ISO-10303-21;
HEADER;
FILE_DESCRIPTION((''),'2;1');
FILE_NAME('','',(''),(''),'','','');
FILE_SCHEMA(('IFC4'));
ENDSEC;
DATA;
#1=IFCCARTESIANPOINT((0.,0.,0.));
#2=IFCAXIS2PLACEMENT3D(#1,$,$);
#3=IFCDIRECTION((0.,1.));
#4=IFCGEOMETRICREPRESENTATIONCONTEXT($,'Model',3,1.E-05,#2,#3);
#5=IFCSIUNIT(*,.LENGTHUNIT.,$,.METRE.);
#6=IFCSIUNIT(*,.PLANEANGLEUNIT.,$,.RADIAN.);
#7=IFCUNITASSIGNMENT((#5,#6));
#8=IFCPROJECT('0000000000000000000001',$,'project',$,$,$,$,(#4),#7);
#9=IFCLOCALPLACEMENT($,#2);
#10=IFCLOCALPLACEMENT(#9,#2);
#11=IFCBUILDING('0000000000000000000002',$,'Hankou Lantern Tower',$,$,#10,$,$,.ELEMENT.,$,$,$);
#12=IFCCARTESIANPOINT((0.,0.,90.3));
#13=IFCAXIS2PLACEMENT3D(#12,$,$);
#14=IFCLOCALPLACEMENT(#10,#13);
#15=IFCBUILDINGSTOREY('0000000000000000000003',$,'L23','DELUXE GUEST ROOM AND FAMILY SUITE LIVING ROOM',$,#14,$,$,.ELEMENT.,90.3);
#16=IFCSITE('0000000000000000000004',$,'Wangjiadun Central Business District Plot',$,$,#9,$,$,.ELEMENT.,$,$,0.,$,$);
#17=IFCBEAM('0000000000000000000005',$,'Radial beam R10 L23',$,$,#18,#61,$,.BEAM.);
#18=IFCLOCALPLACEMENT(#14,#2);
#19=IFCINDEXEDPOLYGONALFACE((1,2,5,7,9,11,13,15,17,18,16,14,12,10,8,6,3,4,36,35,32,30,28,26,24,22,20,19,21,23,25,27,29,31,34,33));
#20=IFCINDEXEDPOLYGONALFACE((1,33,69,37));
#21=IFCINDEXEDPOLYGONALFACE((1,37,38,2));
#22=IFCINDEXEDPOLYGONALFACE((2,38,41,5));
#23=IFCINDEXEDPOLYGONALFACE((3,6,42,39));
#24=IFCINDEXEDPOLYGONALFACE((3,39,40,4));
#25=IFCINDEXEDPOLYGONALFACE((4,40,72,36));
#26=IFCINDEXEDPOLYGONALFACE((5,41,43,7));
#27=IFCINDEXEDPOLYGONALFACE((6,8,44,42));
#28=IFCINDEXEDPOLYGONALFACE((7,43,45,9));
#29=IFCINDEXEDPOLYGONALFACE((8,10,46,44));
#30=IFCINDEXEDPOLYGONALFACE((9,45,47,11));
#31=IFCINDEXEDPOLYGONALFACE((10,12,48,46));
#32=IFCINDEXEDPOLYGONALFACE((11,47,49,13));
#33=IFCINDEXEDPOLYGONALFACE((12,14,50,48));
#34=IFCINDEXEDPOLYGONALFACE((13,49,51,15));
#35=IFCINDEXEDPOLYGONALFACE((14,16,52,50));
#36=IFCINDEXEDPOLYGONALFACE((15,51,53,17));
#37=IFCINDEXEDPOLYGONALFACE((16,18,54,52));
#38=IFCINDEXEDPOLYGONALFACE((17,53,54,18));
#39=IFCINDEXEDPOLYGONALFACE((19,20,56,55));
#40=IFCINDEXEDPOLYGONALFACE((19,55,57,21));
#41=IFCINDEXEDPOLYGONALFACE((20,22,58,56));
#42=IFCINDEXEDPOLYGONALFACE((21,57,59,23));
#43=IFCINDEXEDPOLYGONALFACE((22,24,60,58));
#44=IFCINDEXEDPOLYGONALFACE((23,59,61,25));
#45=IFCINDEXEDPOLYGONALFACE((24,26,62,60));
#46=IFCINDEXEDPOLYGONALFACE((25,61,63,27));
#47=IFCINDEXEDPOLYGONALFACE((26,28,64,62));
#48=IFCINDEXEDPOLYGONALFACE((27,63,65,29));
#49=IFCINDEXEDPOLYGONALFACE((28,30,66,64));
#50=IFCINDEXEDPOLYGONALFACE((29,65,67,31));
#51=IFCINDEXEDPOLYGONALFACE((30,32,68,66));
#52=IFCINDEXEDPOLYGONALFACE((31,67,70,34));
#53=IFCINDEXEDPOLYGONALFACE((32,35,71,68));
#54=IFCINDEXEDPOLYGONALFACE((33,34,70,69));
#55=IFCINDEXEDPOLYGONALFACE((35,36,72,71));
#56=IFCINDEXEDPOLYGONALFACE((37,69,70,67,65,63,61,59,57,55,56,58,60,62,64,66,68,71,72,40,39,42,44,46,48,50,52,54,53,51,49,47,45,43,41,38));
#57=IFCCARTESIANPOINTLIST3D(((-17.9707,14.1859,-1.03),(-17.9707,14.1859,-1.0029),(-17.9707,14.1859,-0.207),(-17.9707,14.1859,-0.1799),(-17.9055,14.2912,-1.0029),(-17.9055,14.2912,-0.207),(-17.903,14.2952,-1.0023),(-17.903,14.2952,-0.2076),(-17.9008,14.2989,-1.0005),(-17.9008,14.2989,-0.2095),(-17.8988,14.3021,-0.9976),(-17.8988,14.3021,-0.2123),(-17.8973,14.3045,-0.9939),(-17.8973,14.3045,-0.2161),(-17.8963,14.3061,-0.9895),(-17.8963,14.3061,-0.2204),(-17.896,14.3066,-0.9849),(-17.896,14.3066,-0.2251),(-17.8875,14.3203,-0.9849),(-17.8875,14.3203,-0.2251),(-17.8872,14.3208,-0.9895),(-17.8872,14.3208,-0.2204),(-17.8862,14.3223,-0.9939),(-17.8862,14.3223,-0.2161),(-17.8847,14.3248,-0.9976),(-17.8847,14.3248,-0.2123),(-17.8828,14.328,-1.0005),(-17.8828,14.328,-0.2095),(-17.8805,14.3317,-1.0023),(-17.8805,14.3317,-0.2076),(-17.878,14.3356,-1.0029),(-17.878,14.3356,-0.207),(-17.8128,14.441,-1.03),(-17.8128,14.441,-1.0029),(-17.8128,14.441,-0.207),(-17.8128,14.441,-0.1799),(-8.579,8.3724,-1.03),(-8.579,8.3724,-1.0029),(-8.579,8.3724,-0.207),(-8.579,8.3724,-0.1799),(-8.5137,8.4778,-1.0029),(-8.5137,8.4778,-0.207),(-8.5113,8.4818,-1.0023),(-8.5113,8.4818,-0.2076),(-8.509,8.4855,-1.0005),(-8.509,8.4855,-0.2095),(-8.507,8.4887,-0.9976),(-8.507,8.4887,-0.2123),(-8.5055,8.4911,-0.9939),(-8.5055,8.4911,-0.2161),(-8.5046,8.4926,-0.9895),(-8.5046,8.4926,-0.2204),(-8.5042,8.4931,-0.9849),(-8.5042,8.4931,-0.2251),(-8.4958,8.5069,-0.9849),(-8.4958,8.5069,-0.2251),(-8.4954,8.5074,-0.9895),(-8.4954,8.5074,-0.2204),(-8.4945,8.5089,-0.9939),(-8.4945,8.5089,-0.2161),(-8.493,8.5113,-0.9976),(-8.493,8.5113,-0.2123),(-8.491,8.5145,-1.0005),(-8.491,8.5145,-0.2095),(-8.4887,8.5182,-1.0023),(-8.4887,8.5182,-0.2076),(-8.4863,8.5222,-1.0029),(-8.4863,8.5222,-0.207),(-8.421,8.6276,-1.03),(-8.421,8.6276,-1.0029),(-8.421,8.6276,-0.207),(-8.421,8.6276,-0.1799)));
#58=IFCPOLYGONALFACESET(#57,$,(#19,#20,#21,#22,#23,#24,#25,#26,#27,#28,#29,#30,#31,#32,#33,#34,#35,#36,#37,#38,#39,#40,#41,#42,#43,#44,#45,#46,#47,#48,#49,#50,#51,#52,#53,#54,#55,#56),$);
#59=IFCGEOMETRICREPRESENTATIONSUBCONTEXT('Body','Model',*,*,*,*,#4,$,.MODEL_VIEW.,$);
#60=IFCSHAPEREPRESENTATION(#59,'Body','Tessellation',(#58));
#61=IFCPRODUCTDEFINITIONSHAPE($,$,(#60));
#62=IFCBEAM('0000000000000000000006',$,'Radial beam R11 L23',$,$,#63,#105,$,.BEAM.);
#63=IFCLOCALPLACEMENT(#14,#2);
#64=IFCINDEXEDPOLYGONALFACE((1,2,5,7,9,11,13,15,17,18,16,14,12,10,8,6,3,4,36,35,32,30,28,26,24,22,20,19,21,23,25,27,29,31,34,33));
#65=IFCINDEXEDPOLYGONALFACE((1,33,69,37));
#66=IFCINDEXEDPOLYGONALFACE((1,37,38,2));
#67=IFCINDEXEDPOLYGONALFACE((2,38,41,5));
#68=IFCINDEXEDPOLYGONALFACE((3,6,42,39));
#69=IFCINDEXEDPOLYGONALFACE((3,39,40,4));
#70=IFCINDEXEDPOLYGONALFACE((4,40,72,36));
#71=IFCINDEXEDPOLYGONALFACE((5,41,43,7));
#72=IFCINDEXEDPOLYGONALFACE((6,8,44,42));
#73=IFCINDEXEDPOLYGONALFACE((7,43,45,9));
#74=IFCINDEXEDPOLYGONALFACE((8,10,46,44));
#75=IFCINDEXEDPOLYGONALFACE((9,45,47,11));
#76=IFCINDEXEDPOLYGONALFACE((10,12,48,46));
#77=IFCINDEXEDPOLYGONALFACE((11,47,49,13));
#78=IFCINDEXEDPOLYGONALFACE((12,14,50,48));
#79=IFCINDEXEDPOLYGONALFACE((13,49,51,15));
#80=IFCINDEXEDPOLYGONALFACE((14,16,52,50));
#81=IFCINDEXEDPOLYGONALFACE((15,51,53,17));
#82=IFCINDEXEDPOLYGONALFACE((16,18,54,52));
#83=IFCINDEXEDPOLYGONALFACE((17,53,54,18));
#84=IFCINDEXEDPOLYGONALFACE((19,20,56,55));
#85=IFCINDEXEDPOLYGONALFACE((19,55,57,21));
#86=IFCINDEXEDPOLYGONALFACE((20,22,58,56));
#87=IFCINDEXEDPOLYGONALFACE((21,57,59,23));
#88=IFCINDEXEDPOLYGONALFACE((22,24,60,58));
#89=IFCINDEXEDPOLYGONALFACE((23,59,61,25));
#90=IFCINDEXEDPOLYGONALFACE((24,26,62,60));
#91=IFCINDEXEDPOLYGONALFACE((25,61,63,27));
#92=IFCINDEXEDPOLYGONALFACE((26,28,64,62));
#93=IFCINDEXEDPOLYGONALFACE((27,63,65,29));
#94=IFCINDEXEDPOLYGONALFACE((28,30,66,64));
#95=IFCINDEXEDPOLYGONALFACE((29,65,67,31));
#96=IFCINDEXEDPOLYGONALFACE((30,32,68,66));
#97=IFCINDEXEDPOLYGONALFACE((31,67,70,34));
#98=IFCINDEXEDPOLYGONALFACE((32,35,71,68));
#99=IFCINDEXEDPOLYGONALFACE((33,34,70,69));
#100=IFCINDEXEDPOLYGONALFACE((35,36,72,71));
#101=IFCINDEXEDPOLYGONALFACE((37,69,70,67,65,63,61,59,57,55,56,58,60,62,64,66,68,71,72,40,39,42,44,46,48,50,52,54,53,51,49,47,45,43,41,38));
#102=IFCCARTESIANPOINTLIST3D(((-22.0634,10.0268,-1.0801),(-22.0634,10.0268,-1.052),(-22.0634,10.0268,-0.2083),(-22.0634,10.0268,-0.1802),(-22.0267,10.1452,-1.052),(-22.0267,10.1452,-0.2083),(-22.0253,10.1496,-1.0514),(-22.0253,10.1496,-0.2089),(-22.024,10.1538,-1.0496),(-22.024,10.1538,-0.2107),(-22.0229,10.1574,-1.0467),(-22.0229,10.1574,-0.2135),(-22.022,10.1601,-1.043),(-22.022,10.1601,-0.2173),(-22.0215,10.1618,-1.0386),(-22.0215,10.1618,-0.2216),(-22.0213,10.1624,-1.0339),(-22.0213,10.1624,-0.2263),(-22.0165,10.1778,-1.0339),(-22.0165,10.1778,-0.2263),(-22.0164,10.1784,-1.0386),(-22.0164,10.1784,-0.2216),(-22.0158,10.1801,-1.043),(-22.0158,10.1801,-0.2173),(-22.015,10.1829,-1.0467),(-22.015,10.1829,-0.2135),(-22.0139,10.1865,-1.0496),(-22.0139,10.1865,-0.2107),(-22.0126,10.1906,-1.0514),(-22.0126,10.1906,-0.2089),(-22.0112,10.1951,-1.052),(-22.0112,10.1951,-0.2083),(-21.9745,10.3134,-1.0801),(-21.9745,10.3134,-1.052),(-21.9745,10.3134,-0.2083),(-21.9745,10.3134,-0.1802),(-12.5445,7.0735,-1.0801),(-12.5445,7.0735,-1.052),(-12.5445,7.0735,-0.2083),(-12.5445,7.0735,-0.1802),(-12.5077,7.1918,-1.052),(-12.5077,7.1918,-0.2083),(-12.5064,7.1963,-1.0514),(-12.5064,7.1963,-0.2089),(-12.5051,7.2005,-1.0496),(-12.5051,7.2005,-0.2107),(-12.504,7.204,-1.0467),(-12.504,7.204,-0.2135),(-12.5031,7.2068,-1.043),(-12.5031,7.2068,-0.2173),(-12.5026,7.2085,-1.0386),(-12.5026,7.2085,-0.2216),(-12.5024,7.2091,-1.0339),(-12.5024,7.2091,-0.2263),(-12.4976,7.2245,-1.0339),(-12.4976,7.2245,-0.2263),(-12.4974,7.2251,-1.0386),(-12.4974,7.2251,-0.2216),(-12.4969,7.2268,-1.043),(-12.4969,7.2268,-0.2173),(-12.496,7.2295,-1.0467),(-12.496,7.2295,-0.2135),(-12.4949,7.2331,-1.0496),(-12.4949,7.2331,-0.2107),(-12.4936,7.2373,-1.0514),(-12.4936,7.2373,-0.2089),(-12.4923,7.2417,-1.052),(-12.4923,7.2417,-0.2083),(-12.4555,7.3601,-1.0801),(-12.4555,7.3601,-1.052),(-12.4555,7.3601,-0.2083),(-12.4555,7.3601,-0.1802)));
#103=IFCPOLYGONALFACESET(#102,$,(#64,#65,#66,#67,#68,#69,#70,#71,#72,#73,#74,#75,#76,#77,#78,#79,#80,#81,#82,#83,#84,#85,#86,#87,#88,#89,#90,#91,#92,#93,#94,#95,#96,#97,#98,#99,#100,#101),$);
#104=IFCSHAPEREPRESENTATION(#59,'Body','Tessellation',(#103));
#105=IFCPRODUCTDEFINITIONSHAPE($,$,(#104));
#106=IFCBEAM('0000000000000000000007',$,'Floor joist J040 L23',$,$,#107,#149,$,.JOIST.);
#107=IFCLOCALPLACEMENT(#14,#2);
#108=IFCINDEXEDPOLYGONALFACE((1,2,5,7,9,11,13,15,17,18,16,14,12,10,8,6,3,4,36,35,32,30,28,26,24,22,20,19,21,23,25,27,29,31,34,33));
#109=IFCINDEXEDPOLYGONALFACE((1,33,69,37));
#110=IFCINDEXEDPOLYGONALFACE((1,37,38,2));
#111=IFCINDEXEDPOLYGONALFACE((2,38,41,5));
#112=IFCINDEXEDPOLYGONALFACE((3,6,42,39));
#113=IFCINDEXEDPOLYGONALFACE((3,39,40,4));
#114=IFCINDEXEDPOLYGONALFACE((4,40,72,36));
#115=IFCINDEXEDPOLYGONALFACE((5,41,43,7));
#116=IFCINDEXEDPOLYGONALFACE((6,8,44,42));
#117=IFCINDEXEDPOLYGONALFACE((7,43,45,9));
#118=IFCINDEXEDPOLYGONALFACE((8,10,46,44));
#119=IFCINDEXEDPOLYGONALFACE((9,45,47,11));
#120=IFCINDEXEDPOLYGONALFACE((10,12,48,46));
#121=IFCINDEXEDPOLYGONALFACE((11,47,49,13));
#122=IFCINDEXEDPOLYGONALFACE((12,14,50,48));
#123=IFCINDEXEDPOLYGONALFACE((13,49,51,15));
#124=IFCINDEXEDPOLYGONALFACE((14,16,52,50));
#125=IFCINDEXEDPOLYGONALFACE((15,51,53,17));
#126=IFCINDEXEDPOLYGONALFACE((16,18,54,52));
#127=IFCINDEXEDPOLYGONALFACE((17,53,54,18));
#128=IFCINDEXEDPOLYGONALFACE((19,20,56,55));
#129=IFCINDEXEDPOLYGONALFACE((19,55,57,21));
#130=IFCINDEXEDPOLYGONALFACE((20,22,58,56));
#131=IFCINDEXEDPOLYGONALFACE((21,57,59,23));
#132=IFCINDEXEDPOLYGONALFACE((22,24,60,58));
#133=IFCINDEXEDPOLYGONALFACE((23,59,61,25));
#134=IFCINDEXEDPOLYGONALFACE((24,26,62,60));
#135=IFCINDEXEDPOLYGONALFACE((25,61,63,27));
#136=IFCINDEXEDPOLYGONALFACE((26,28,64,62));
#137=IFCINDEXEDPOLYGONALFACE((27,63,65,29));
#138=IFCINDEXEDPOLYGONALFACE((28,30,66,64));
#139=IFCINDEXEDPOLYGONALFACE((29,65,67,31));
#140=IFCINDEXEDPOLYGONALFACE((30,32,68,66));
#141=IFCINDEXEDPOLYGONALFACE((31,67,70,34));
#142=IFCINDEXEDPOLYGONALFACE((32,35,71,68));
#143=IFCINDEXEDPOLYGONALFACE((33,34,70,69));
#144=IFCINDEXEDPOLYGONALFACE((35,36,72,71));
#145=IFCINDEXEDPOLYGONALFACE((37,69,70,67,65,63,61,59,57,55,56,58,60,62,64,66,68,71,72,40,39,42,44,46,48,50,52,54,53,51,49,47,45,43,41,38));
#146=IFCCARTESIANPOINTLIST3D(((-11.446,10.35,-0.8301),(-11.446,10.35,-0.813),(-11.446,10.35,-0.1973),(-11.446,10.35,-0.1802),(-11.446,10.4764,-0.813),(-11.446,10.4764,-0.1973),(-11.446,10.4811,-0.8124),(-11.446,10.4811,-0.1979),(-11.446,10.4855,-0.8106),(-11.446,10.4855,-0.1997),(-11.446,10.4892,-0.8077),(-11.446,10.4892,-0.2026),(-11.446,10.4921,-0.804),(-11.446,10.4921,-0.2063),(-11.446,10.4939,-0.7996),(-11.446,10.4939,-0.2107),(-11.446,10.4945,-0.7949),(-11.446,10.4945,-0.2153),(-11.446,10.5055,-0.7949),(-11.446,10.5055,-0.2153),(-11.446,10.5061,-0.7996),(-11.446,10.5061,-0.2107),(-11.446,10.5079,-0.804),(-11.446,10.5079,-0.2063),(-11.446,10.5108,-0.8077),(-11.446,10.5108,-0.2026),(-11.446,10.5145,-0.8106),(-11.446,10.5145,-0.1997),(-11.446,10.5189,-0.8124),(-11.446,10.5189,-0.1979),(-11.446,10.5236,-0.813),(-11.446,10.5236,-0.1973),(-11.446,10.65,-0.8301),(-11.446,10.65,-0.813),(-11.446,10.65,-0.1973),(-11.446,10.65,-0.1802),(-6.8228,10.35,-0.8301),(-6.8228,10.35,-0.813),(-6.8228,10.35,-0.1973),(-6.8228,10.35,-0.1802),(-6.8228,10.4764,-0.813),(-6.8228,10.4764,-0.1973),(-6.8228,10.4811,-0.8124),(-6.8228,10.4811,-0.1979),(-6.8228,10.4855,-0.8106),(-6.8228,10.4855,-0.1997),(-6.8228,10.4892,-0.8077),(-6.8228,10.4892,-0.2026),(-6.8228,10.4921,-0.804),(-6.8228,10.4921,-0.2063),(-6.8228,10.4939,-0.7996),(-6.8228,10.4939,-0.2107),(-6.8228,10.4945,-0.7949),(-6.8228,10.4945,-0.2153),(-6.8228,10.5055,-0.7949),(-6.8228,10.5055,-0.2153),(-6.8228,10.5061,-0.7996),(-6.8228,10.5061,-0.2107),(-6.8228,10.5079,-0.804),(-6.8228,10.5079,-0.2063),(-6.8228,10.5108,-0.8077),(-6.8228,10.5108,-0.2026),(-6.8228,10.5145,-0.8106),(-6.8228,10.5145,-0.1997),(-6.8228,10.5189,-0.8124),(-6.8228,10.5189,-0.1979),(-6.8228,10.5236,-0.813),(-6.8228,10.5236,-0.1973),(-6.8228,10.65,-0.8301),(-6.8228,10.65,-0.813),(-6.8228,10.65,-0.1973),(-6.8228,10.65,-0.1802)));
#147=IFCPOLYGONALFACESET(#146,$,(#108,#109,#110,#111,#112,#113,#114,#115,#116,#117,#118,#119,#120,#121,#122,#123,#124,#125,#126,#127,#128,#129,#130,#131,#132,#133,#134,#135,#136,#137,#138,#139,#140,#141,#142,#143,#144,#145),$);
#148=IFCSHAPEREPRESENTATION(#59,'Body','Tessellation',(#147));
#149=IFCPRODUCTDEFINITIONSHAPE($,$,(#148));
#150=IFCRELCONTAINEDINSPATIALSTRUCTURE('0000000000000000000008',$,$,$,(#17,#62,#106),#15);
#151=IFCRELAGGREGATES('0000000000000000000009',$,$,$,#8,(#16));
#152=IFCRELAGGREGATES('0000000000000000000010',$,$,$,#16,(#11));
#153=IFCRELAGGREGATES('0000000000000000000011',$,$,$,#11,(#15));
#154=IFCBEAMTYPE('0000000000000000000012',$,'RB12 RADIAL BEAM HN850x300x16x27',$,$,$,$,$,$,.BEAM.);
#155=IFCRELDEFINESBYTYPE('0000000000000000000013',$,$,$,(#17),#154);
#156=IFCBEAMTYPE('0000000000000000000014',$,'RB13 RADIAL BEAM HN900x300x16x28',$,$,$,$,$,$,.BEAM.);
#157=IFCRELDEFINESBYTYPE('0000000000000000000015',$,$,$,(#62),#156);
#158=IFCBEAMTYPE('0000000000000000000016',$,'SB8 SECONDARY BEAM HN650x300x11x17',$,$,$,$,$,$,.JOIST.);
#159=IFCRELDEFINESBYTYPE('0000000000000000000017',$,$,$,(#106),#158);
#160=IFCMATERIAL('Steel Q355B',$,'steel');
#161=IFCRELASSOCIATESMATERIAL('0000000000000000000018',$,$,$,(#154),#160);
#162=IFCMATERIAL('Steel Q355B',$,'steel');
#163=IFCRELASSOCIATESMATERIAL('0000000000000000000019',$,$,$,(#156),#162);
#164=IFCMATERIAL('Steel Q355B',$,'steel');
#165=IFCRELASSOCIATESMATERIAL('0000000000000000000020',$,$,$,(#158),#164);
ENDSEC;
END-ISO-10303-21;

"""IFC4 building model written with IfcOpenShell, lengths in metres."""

from ifc_helpers import new_model, si_unit, direction, frame, origin, origin_2d, place, context, subcontext, project, spatial, i_section, extrude, material, material_profile, profile_set, type_object, element, save


model = new_model("IFC4")

# Units and contexts
model_context = context("Model", 3, precision=1e-05, world=origin(), true_north=direction((0.0, 1.0)))
body_context = subcontext(model_context, "Body", "Model", "MODEL_VIEW")
ifc_project = project(units=[si_unit("LENGTHUNIT", "METRE"), si_unit("PLANEANGLEUNIT", "RADIAN")], contexts=[model_context])

# Site, building, storey
site_placement = place(None, origin())
site = spatial("IfcSite", under=ifc_project, at=site_placement, Name="Wangjiadun Central Business District Plot", CompositionType="ELEMENT", RefElevation=0.0)
building_placement = place(site_placement, origin())
building = spatial("IfcBuilding", under=site, at=building_placement, Name="Hankou Lantern Tower", CompositionType="ELEMENT")
storey_placement = place(building_placement, frame((0.0, 0.0, 90.3)))
storey = spatial("IfcBuildingStorey", under=building, at=storey_placement, Name="L23", Description="DELUXE GUEST ROOM AND FAMILY SUITE LIVING ROOM", CompositionType="ELEMENT", Elevation=90.3)

# Beams
ifc_material_1 = material(Name="Steel Q355B", Category="steel")
ifc_material_profile_1 = material_profile(ifc_material_1, i_section(OverallWidth=0.3, OverallDepth=0.8501, WebThickness=0.0161, FlangeThickness=0.0271, FilletRadius=0.0181, at=origin_2d()), Name="HN850x300x16x27")
ifc_profile_set_1 = profile_set([ifc_material_profile_1], Name="Steel Q355B")
beam_type_1 = type_object("IfcBeamType", Name="RB12 RADIAL BEAM HN850x300x16x27", PredefinedType="BEAM", material=ifc_profile_set_1)
beam_1_placement = place(storey_placement, frame((-8.5, 8.5, -0.605), z_axis=(-0.850286, 0.52632, 0.0), x_axis=(-0.52632, -0.850286, 0.0)))
element("IfcBeam", 1, at=beam_1_placement, inside=storey, type_object=beam_type_1, Name="Radial beam R10 L23", PredefinedType="BEAM", context=body_context, shape_type="SweptSolid", body=[
    extrude(i_section(OverallWidth=0.3, OverallDepth=0.8501, WebThickness=0.0161, FlangeThickness=0.0271, FilletRadius=0.0181, at=origin_2d()), origin(), (0.0, 0.0, 1.0), 11.0454),
])
ifc_material_2 = material(Name="Steel Q355B", Category="steel")
ifc_material_profile_2 = material_profile(ifc_material_2, i_section(OverallWidth=0.3, OverallDepth=0.8999, WebThickness=0.0161, FlangeThickness=0.0281, FilletRadius=0.0181, at=origin_2d()), Name="HN900x300x16x28")
ifc_profile_set_2 = profile_set([ifc_material_profile_2], Name="Steel Q355B")
beam_type_2 = type_object("IfcBeamType", Name="RB13 RADIAL BEAM HN900x300x16x28", PredefinedType="BEAM", material=ifc_profile_set_2)
beam_2_placement = place(storey_placement, frame((-12.5, 7.2168, -0.6301), z_axis=(-0.955087, 0.296324, 0.0), x_axis=(-0.296324, -0.955087, 0.0)))
element("IfcBeam", 2, at=beam_2_placement, inside=storey, type_object=beam_type_2, Name="Radial beam R11 L23", PredefinedType="BEAM", context=body_context, shape_type="SweptSolid", body=[
    extrude(i_section(OverallWidth=0.3, OverallDepth=0.8999, WebThickness=0.0161, FlangeThickness=0.0281, FilletRadius=0.0181, at=origin_2d()), origin(), (0.0, 0.0, 1.0), 9.9666),
])
ifc_material_3 = material(Name="Steel Q355B", Category="steel")
ifc_material_profile_3 = material_profile(ifc_material_3, i_section(OverallWidth=0.3, OverallDepth=0.6499, WebThickness=0.011, FlangeThickness=0.0171, FilletRadius=0.0181, at=origin_2d()), Name="HN650x300x11x17")
ifc_profile_set_3 = profile_set([ifc_material_profile_3], Name="Steel Q355B")
beam_type_3 = type_object("IfcBeamType", Name="SB8 SECONDARY BEAM HN650x300x11x17", PredefinedType="JOIST", material=ifc_profile_set_3)
beam_3_placement = place(storey_placement, frame((-11.446, 10.5, -0.5051), z_axis=(1.0, 0.0, 0.0), x_axis=(0.0, 1.0, 0.0)))
element("IfcBeam", 3, at=beam_3_placement, inside=storey, type_object=beam_type_3, Name="Floor joist J040 L23", PredefinedType="JOIST", context=body_context, shape_type="SweptSolid", body=[
    extrude(i_section(OverallWidth=0.3, OverallDepth=0.6499, WebThickness=0.011, FlangeThickness=0.0171, FilletRadius=0.0181, at=origin_2d()), origin(), (0.0, 0.0, 1.0), 4.6233),
])

save(model, "model.ifc")
